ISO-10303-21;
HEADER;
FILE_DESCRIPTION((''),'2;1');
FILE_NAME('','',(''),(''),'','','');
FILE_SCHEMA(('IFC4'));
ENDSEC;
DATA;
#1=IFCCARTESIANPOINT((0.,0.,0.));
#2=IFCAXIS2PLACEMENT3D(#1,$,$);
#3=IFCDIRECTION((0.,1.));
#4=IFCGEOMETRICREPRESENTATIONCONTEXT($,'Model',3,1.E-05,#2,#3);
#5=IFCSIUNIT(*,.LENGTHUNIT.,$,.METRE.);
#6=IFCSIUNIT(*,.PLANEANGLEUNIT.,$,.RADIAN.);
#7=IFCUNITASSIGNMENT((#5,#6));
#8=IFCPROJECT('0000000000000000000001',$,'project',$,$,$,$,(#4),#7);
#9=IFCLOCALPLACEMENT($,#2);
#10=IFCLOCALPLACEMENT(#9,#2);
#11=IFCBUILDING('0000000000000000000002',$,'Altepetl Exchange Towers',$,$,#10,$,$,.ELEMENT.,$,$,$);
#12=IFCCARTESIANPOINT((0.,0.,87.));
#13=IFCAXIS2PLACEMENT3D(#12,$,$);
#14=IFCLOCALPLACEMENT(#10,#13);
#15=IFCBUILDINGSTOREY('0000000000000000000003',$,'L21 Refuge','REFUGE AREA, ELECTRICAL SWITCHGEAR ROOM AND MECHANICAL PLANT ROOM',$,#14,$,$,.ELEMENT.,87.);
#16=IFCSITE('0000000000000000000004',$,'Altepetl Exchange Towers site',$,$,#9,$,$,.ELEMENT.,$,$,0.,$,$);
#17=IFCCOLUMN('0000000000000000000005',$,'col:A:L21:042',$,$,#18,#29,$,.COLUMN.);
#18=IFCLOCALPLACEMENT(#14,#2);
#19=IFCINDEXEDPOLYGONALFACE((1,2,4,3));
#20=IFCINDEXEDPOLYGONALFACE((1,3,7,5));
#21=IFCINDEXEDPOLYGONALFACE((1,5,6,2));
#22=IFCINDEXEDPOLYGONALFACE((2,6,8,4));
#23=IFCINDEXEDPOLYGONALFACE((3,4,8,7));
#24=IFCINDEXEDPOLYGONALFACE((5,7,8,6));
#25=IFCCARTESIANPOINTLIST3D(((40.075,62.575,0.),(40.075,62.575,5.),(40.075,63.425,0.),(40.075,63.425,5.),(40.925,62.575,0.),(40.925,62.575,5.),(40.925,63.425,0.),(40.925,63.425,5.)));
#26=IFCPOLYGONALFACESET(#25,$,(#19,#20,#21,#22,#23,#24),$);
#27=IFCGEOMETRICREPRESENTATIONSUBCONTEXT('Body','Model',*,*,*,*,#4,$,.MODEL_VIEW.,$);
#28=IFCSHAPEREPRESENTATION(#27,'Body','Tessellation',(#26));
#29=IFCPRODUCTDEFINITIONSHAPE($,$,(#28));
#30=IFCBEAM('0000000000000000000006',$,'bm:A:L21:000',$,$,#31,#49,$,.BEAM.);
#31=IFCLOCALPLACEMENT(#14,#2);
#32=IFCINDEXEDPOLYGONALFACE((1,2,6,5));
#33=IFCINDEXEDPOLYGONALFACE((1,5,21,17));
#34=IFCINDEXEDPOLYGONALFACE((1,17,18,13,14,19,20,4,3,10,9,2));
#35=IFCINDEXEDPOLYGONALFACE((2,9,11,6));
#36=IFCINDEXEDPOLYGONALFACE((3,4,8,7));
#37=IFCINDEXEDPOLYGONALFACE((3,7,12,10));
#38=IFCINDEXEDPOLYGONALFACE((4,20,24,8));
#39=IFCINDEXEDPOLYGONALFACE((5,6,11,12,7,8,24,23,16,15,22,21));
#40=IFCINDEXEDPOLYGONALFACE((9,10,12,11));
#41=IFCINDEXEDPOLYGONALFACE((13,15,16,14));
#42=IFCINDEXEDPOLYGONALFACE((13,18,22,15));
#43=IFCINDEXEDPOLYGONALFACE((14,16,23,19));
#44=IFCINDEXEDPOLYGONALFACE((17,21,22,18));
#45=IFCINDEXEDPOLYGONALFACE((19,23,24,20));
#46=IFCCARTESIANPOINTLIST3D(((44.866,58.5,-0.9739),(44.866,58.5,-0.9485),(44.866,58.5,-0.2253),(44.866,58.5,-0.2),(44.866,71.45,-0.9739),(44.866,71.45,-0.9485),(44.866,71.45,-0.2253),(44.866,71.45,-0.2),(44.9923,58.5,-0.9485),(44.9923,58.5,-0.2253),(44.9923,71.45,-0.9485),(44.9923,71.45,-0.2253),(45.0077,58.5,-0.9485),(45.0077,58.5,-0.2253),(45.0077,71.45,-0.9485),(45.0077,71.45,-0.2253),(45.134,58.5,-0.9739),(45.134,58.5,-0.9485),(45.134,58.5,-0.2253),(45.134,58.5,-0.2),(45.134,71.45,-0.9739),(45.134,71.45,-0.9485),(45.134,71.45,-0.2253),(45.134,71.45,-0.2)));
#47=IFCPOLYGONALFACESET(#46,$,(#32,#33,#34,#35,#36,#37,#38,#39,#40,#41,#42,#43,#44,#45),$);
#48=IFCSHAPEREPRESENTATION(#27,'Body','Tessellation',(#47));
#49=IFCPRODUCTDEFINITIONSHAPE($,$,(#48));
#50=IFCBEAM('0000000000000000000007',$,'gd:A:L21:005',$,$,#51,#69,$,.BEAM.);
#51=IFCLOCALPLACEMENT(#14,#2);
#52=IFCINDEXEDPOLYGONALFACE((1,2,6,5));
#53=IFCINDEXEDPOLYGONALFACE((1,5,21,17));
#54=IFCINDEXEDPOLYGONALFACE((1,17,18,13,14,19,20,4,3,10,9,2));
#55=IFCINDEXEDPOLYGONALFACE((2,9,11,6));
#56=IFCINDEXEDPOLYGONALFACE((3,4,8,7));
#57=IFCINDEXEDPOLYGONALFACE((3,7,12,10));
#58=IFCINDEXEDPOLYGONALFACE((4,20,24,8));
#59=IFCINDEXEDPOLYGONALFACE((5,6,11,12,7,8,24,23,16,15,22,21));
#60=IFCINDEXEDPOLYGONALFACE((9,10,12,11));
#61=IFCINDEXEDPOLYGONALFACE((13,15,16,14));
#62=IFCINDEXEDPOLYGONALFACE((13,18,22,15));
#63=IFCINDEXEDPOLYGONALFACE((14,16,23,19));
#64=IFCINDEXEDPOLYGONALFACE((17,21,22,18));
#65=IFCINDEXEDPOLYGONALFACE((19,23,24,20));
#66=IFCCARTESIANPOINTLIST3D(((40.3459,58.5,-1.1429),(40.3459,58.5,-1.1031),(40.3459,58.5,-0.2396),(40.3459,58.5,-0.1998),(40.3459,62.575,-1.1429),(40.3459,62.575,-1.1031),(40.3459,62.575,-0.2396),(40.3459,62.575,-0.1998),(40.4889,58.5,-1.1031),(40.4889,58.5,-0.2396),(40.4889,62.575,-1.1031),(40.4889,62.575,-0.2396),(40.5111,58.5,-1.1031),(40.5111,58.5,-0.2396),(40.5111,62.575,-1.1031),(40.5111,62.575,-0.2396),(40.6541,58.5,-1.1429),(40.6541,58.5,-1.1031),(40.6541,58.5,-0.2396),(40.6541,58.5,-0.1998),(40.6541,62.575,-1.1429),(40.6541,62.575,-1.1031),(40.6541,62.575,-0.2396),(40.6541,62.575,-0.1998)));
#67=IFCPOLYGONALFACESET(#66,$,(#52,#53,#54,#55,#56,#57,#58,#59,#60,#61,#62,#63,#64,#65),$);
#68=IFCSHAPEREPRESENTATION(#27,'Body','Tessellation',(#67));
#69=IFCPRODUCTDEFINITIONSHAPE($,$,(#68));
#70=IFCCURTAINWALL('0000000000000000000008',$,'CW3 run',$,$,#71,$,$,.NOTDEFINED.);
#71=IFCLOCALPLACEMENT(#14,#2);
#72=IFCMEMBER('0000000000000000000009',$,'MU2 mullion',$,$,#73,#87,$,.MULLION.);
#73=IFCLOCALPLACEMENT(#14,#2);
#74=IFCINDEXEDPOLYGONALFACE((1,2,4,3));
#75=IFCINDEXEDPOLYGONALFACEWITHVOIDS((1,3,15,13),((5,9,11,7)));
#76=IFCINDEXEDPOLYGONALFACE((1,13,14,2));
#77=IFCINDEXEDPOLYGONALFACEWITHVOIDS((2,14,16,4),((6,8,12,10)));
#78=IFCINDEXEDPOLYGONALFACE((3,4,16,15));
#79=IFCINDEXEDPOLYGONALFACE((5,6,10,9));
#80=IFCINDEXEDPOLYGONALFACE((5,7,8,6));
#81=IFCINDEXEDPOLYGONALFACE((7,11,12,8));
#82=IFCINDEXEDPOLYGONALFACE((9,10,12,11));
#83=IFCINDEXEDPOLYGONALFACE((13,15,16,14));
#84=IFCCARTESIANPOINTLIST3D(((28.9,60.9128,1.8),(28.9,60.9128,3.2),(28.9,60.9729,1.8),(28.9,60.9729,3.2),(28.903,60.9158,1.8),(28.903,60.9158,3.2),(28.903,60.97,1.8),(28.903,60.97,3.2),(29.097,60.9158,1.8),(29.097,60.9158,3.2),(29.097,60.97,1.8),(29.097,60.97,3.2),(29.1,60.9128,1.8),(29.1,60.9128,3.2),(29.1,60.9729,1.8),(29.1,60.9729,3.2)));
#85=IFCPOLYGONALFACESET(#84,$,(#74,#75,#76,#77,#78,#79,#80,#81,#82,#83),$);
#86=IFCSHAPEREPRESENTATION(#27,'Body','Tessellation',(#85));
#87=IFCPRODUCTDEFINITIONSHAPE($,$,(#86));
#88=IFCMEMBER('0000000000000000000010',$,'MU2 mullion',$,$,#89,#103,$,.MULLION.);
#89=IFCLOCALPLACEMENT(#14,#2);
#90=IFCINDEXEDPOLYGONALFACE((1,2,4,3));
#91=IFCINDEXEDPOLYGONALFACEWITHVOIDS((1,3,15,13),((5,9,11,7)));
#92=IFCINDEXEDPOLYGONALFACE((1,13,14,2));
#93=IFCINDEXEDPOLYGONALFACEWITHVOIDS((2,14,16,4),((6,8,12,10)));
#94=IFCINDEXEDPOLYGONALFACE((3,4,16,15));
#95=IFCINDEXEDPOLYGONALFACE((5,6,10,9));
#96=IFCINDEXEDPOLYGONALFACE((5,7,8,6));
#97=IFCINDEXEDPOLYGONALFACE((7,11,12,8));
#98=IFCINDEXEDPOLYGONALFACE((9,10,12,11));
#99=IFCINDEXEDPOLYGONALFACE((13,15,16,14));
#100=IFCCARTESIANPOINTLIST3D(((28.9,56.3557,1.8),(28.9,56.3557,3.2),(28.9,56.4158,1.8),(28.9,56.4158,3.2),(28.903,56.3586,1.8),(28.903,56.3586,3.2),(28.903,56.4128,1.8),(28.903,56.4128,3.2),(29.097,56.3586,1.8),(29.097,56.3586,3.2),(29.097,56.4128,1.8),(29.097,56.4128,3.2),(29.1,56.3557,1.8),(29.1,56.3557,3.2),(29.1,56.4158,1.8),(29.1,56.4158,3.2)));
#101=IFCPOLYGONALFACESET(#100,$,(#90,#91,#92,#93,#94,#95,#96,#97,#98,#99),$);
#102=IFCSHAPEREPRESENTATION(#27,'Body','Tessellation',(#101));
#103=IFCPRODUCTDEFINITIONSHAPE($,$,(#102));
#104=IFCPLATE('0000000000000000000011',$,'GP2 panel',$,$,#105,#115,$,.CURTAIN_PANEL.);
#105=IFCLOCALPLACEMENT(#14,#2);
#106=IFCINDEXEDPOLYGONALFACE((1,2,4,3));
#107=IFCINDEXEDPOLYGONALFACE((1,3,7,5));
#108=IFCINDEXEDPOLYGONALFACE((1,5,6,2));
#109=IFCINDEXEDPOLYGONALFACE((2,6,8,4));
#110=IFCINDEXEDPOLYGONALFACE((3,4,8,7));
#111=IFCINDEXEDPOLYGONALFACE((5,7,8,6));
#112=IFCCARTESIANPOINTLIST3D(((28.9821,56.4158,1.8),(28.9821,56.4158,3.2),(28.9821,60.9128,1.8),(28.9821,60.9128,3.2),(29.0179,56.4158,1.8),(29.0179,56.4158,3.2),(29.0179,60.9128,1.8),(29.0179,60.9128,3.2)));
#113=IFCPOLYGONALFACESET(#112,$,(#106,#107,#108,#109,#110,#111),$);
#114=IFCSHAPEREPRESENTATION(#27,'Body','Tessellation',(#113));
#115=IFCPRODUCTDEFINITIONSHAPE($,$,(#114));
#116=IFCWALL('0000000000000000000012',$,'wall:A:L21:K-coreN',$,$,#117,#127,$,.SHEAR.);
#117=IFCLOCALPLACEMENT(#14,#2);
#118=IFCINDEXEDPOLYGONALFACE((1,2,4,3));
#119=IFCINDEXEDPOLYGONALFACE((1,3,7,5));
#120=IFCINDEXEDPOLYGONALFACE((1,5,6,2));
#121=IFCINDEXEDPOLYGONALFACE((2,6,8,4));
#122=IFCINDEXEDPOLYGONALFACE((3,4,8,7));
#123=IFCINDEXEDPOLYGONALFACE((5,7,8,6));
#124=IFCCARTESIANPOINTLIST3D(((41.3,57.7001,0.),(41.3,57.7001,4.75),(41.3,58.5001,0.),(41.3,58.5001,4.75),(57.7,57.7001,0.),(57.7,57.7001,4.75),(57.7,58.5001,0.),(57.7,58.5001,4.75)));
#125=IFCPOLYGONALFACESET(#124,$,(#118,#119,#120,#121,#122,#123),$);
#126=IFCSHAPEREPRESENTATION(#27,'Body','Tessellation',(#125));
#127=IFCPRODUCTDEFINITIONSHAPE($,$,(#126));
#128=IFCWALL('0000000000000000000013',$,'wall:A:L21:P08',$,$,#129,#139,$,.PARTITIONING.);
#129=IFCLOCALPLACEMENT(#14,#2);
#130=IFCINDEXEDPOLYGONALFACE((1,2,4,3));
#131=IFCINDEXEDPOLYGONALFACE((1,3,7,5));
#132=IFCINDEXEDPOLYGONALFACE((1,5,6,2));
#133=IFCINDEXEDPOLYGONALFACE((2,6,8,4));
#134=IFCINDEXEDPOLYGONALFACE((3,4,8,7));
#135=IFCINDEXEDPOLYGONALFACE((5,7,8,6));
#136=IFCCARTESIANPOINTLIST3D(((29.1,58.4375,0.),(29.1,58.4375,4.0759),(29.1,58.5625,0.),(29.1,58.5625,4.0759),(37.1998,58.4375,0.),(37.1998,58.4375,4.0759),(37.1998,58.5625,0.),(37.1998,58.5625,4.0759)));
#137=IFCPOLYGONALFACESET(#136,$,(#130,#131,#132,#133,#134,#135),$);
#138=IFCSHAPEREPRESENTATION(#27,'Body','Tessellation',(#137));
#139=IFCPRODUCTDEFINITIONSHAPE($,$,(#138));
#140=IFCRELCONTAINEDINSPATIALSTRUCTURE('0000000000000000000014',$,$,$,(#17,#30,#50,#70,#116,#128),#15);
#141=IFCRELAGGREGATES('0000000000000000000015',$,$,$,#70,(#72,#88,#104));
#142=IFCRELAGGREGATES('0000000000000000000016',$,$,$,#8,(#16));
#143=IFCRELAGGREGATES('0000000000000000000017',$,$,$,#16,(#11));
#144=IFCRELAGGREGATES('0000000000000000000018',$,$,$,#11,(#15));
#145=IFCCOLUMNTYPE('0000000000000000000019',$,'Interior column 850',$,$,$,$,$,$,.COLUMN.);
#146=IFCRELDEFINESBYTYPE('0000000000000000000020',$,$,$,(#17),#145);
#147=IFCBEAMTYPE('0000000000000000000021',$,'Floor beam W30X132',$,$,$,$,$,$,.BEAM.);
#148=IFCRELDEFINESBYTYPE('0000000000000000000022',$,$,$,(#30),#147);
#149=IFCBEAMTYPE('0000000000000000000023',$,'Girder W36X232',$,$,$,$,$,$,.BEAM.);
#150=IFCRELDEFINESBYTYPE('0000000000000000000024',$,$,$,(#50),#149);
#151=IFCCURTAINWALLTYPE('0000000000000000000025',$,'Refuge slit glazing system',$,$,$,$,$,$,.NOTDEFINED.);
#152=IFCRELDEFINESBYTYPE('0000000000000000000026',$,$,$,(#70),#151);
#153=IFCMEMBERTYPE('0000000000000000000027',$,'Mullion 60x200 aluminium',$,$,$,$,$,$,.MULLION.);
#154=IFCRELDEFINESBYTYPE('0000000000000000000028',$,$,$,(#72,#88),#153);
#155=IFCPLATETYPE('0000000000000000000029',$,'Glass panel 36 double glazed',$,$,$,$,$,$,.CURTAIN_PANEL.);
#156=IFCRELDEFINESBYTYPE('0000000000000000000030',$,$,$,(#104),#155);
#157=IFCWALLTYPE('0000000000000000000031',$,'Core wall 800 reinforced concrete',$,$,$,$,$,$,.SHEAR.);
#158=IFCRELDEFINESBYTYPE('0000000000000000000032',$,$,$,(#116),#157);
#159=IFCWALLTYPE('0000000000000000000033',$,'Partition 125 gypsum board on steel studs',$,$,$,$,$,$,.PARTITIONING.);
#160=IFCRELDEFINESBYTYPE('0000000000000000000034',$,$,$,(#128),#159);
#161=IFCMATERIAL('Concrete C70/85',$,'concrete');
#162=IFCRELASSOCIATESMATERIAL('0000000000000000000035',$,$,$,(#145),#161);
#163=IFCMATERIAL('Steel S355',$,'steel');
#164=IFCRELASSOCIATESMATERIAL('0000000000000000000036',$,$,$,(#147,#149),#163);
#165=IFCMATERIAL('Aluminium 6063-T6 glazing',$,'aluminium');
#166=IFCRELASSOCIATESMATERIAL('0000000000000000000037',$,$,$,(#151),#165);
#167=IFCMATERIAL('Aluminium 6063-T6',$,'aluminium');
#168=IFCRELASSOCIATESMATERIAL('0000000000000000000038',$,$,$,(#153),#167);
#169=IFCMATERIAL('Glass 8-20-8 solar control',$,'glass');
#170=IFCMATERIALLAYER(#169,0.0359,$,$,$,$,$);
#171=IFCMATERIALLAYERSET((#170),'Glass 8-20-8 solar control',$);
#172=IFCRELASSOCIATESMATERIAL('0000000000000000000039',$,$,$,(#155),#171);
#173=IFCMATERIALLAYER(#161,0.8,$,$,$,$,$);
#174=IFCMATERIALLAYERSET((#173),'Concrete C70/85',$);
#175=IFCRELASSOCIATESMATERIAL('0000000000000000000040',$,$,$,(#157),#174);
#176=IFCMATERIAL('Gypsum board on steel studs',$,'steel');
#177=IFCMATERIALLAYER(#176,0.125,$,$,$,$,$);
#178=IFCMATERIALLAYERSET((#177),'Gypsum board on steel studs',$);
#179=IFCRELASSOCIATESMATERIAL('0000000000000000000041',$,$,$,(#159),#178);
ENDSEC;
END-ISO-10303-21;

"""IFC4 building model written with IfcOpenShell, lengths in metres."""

from ifc_helpers import new_model, si_unit, direction, frame, frame_2d, origin, origin_2d, place, context, subcontext, project, spatial, rectangle, hollow_rectangle, i_section, extrude, material, layer, layer_set, material_profile, profile_set, type_object, element, aggregate, save


model = new_model("IFC4")

# Units and contexts
model_context = context("Model", 3, precision=1e-05, world=origin(), true_north=direction((0.0, 1.0)))
body_context = subcontext(model_context, "Body", "Model", "MODEL_VIEW")
ifc_project = project(units=[si_unit("LENGTHUNIT", "METRE"), si_unit("PLANEANGLEUNIT", "RADIAN")], contexts=[model_context])

# Site, building, storey
site_placement = place(None, origin())
site = spatial("IfcSite", under=ifc_project, at=site_placement, Name="Altepetl Exchange Towers site", CompositionType="ELEMENT", RefElevation=0.0)
building_placement = place(site_placement, origin())
building = spatial("IfcBuilding", under=site, at=building_placement, Name="Altepetl Exchange Towers", CompositionType="ELEMENT")
storey_placement = place(building_placement, frame((0.0, 0.0, 87.0)))
storey = spatial("IfcBuildingStorey", under=building, at=storey_placement, Name="L21 Refuge", Description="REFUGE AREA, ELECTRICAL SWITCHGEAR ROOM AND MECHANICAL PLANT ROOM", CompositionType="ELEMENT", Elevation=87.0)

# Column
ifc_material_1 = material(Name="Concrete C70/85", Category="concrete")
ifc_material_profile_1 = material_profile(ifc_material_1, rectangle(XDim=0.8501, YDim=0.8501, at=origin_2d()), Name="850 x 850")
ifc_profile_set_1 = profile_set([ifc_material_profile_1], Name="Concrete C70/85")
column_type = type_object("IfcColumnType", Name="Interior column 850", PredefinedType="COLUMN", material=ifc_profile_set_1)
column_placement = place(storey_placement, frame((40.5, 63.0, 0.0)))
element("IfcColumn", 1, at=column_placement, inside=storey, type_object=column_type, Name="col:A:L21:042", PredefinedType="COLUMN", context=body_context, shape_type="SweptSolid", body=[
    extrude(rectangle(XDim=0.8501, YDim=0.8501, at=origin_2d()), origin(), (0.0, 0.0, 1.0), 5.0),
])

# Beams
ifc_material_2 = material(Name="Steel S355", Category="steel")
ifc_material_profile_2 = material_profile(ifc_material_2, i_section(OverallWidth=0.2681, OverallDepth=0.7739, WebThickness=0.0154, FlangeThickness=0.0254, at=origin_2d()), Name="W30X132")
ifc_profile_set_2 = profile_set([ifc_material_profile_2], Name="Steel S355")
beam_type_1 = type_object("IfcBeamType", Name="Floor beam W30X132", PredefinedType="BEAM", material=ifc_profile_set_2)
beam_1_placement = place(storey_placement, frame((45.0, 58.5, -0.5869), z_axis=(0.0, 1.0, 0.0), x_axis=(-1.0, 0.0, 0.0)))
element("IfcBeam", 2, at=beam_1_placement, inside=storey, type_object=beam_type_1, Name="bm:A:L21:000", PredefinedType="BEAM", context=body_context, shape_type="SweptSolid", body=[
    extrude(i_section(OverallWidth=0.2681, OverallDepth=0.7739, WebThickness=0.0154, FlangeThickness=0.0254, at=origin_2d()), origin(), (0.0, 0.0, 1.0), 12.95),
])
ifc_material_profile_3 = material_profile(ifc_material_2, i_section(OverallWidth=0.3081, OverallDepth=0.9431, WebThickness=0.0222, FlangeThickness=0.0398, at=origin_2d()), Name="W36X232")
ifc_profile_set_3 = profile_set([ifc_material_profile_3], Name="Steel S355")
beam_type_2 = type_object("IfcBeamType", Name="Girder W36X232", PredefinedType="BEAM", material=ifc_profile_set_3)
beam_2_placement = place(storey_placement, frame((40.5, 62.575, -0.6714), z_axis=(0.0, -1.0, 0.0), x_axis=(1.0, 0.0, 0.0)))
element("IfcBeam", 3, at=beam_2_placement, inside=storey, type_object=beam_type_2, Name="gd:A:L21:005", PredefinedType="BEAM", context=body_context, shape_type="SweptSolid", body=[
    extrude(i_section(OverallWidth=0.3081, OverallDepth=0.9431, WebThickness=0.0222, FlangeThickness=0.0398, at=origin_2d()), origin(), (0.0, 0.0, 1.0), 4.075),
])

# Curtain wall, members, plate
ifc_material_3 = material(Name="Aluminium 6063-T6 glazing", Category="aluminium")
curtain_wall_type = type_object("IfcCurtainWallType", Name="Refuge slit glazing system", PredefinedType="NOTDEFINED", material=ifc_material_3)
curtain_wall_placement = place(storey_placement, origin())
curtain_wall = element("IfcCurtainWall", 4, at=curtain_wall_placement, inside=storey, type_object=curtain_wall_type, Name="CW3 run", PredefinedType="NOTDEFINED")
ifc_material_4 = material(Name="Aluminium 6063-T6", Category="aluminium")
ifc_material_profile_4 = material_profile(ifc_material_4, hollow_rectangle(XDim=0.0601, YDim=0.2, WallThickness=0.0029, at=origin_2d()), Name="Mullion 60x200 aluminium")
ifc_profile_set_4 = profile_set([ifc_material_profile_4], Name="Aluminium 6063-T6")
member_type = type_object("IfcMemberType", Name="Mullion 60x200 aluminium", PredefinedType="MULLION", material=ifc_profile_set_4)
member_1_placement = place(storey_placement, frame((29.0, 60.9429, 1.8), z_axis=(0.0, 0.0, 1.0), x_axis=(0.0, -1.0, 0.0)))
member_1 = element("IfcMember", 5, at=member_1_placement, type_object=member_type, Name="MU2 mullion", PredefinedType="MULLION", context=body_context, shape_type="SweptSolid", body=[
    extrude(hollow_rectangle(XDim=0.0601, YDim=0.2, WallThickness=0.0029, at=origin_2d()), origin(), (0.0, 0.0, 1.0), 1.3999),
])
member_2_placement = place(storey_placement, frame((29.0, 56.3857, 1.8), z_axis=(0.0, 0.0, 1.0), x_axis=(0.0, -1.0, 0.0)))
member_2 = element("IfcMember", 6, at=member_2_placement, type_object=member_type, Name="MU2 mullion", PredefinedType="MULLION", context=body_context, shape_type="SweptSolid", body=[
    extrude(hollow_rectangle(XDim=0.0601, YDim=0.2, WallThickness=0.0029, at=origin_2d()), origin(), (0.0, 0.0, 1.0), 1.3999),
])
ifc_material_5 = material(Name="Glass 8-20-8 solar control", Category="glass")
ifc_layer_1 = layer(ifc_material_5, 0.0359)
ifc_layer_set_1 = layer_set([ifc_layer_1], Name="Glass 8-20-8 solar control")
plate_type = type_object("IfcPlateType", Name="Glass panel 36 double glazed", PredefinedType="CURTAIN_PANEL", material=ifc_layer_set_1)
plate_placement = place(storey_placement, frame((29.0, 58.6643, 1.8), z_axis=(0.0, 0.0, 1.0), x_axis=(0.0, -1.0, 0.0)))
plate = element("IfcPlate", 7, at=plate_placement, type_object=plate_type, Name="GP2 panel", PredefinedType="CURTAIN_PANEL", context=body_context, shape_type="SweptSolid", body=[
    extrude(rectangle(XDim=4.4971, YDim=0.0359, at=origin_2d()), origin(), (0.0, 0.0, 1.0), 1.3999),
])
aggregate(curtain_wall, [member_1, member_2, plate])

# Walls
ifc_layer_2 = layer(ifc_material_1, 0.8)
ifc_layer_set_2 = layer_set([ifc_layer_2], Name="Concrete C70/85")
wall_type_1 = type_object("IfcWallType", Name="Core wall 800 reinforced concrete", PredefinedType="SHEAR", material=ifc_layer_set_2)
wall_1_placement = place(storey_placement, frame((41.3, 58.1001, 0.0)))
element("IfcWall", 8, at=wall_1_placement, inside=storey, type_object=wall_type_1, Name="wall:A:L21:K-coreN", PredefinedType="SHEAR", context=body_context, shape_type="SweptSolid", body=[
    extrude(rectangle(XDim=16.3999, YDim=0.8, at=frame_2d((8.2, 0.0))), origin(), (0.0, 0.0, 1.0), 4.75),
])
ifc_material_6 = material(Name="Gypsum board on steel studs", Category="steel")
ifc_layer_3 = layer(ifc_material_6, 0.125)
ifc_layer_set_3 = layer_set([ifc_layer_3], Name="Gypsum board on steel studs")
wall_type_2 = type_object("IfcWallType", Name="Partition 125 gypsum board on steel studs", PredefinedType="PARTITIONING", material=ifc_layer_set_3)
wall_2_placement = place(storey_placement, frame((29.1001, 58.5, 0.0)))
element("IfcWall", 9, at=wall_2_placement, inside=storey, type_object=wall_type_2, Name="wall:A:L21:P08", PredefinedType="PARTITIONING", context=body_context, shape_type="SweptSolid", body=[
    extrude(rectangle(XDim=8.0999, YDim=0.125, at=frame_2d((4.0498, 0.0))), origin(), (0.0, 0.0, 1.0), 4.0759),
])

save(model, "model.ifc")
